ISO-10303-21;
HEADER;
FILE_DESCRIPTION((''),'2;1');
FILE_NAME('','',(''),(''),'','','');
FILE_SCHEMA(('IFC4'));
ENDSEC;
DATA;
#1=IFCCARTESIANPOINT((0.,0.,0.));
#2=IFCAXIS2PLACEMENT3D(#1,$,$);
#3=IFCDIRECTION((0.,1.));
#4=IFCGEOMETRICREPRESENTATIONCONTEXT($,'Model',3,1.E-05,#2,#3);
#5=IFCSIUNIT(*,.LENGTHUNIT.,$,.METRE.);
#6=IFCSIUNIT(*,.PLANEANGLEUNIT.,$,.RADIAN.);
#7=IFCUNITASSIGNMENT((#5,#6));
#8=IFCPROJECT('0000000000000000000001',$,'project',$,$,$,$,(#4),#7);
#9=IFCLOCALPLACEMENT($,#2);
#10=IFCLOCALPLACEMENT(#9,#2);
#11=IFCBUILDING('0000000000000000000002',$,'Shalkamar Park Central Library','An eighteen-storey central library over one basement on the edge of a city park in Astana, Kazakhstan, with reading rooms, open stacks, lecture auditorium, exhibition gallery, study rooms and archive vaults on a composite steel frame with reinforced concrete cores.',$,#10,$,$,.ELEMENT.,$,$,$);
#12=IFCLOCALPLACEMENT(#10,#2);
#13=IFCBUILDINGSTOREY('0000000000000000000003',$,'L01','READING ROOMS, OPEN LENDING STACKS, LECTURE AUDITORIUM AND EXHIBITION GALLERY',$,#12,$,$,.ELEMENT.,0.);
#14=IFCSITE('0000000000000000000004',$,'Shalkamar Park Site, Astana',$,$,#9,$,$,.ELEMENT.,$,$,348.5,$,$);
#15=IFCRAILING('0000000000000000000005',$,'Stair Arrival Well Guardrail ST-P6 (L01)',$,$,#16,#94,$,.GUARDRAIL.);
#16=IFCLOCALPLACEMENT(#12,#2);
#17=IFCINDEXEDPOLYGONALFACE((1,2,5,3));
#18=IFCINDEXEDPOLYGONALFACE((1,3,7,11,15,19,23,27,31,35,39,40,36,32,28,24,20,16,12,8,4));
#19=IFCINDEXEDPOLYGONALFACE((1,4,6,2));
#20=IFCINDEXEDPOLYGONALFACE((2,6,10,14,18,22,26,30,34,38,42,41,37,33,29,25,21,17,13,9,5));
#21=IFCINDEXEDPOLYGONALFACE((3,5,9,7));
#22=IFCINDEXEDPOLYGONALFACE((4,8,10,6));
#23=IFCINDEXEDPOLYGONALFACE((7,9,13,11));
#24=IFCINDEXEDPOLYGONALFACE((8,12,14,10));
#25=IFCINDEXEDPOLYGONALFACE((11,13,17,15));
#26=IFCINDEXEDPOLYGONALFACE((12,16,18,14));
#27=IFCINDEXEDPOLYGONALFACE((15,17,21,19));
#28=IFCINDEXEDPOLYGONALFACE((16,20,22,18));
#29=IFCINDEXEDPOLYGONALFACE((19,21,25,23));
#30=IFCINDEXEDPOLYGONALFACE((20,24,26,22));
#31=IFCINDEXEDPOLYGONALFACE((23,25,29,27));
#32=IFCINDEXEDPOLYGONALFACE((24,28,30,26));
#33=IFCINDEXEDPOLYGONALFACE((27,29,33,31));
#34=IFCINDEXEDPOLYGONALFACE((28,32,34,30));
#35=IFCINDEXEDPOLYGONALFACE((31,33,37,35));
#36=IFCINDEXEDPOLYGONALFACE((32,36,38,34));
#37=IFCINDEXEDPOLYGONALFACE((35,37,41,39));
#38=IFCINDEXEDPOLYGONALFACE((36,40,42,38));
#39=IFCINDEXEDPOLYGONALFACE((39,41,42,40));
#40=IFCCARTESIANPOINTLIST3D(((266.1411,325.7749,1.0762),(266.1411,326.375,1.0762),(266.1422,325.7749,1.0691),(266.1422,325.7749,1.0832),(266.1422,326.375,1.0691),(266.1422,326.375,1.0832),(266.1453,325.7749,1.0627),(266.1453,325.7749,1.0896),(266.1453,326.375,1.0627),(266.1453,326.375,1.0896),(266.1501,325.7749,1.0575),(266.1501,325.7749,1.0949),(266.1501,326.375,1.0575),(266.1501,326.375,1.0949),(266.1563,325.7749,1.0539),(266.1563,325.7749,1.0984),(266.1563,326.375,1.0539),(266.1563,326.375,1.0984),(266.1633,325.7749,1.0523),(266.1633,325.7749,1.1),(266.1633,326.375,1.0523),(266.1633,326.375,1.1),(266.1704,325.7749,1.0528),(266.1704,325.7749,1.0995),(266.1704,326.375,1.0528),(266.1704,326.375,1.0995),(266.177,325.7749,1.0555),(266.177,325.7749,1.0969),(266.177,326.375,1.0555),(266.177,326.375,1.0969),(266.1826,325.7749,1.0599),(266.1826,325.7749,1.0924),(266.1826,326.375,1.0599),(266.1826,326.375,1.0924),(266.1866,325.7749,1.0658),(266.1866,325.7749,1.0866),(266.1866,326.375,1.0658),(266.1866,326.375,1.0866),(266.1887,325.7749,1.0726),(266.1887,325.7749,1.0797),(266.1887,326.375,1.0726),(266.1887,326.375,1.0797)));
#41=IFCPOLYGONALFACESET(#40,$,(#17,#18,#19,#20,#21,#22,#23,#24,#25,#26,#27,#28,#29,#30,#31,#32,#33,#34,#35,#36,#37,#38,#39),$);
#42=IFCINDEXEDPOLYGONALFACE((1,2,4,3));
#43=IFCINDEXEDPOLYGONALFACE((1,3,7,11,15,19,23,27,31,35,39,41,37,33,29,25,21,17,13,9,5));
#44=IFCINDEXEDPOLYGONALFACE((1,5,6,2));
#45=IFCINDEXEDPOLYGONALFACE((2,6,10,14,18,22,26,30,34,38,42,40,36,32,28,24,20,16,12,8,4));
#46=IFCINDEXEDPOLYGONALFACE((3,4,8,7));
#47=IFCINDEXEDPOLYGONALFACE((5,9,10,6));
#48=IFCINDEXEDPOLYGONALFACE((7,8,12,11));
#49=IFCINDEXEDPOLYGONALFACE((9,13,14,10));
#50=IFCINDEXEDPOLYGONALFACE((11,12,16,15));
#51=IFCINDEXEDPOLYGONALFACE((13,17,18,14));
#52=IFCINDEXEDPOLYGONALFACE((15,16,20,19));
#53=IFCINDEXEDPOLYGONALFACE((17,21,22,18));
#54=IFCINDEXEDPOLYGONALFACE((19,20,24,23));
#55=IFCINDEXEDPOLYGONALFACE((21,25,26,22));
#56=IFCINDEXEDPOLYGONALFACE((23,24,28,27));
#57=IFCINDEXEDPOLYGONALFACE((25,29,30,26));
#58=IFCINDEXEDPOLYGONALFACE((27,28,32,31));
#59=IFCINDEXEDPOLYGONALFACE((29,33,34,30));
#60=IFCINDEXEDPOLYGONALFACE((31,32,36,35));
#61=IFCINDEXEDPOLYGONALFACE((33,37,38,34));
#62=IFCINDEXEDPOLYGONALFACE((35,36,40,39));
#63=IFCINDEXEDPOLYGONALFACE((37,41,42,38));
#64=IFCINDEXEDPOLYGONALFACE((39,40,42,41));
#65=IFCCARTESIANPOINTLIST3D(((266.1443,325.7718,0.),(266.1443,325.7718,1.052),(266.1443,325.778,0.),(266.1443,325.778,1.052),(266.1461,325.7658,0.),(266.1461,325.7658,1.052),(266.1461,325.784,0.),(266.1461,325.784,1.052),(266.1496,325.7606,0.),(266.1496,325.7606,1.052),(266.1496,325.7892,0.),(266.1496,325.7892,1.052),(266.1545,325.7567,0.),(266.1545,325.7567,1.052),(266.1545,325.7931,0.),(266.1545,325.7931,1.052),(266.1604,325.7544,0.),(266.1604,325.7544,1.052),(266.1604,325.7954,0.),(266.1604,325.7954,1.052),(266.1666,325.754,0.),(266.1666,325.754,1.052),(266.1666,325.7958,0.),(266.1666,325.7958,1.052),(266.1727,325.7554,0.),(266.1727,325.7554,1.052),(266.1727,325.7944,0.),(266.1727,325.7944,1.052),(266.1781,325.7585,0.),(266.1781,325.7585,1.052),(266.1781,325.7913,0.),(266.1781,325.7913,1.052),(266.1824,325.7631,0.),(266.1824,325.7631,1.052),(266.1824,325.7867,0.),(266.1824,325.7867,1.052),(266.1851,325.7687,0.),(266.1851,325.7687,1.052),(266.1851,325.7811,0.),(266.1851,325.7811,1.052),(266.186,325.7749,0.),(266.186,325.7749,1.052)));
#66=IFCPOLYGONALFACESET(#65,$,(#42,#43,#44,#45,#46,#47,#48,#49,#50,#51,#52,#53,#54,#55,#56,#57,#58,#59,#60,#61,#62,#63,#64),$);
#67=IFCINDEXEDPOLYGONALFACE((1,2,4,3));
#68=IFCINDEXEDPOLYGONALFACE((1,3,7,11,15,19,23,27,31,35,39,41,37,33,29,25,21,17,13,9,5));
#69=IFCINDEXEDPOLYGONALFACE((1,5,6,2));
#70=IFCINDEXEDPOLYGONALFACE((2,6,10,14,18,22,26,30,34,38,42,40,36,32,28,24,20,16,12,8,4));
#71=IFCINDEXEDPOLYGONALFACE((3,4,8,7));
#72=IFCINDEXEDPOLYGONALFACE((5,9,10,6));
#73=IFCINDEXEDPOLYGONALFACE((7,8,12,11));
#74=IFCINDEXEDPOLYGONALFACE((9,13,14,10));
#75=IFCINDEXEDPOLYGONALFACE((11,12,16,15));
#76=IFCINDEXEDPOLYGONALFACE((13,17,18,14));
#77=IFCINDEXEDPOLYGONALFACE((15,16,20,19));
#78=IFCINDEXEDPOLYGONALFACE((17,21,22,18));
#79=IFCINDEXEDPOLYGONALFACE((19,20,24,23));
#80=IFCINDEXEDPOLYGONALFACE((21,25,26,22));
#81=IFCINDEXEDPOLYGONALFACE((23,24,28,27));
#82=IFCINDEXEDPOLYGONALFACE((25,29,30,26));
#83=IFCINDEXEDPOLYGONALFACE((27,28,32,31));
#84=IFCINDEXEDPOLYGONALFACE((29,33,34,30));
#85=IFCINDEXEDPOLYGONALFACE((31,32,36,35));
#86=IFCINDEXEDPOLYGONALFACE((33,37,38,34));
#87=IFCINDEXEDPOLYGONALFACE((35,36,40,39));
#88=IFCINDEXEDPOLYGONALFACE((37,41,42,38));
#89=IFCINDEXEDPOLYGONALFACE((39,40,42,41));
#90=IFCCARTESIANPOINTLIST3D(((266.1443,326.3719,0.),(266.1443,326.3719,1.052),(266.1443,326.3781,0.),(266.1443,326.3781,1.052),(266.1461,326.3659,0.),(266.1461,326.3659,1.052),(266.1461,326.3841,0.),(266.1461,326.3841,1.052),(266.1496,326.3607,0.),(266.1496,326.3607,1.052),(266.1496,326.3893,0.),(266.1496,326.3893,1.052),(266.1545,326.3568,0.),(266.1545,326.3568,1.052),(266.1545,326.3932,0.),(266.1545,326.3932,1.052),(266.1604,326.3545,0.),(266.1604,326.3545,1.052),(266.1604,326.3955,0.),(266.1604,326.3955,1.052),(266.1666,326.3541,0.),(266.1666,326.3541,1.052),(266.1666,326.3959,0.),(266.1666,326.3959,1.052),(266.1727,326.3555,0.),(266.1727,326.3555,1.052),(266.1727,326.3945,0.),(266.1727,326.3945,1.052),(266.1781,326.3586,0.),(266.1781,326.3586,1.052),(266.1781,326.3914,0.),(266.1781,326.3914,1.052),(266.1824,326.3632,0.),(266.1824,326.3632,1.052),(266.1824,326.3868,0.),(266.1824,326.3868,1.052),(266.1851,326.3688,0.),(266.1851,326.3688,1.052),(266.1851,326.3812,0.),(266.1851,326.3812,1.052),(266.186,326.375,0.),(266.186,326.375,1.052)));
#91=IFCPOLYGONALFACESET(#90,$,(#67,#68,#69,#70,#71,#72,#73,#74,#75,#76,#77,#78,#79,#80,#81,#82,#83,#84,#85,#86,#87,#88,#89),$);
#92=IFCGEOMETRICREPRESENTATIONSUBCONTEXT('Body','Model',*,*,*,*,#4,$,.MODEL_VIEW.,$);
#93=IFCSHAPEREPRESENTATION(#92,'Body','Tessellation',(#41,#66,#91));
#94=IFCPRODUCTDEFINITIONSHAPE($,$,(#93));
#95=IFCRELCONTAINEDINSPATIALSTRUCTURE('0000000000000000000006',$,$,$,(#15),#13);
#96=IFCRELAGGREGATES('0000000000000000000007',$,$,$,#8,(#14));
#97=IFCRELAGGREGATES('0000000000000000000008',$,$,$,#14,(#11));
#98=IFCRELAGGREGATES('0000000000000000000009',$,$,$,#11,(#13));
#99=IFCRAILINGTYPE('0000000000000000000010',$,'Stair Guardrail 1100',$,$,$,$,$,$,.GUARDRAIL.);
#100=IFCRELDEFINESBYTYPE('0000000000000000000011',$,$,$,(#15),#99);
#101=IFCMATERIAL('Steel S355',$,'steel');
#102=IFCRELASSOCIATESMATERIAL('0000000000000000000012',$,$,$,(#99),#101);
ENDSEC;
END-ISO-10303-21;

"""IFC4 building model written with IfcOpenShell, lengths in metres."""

from ifc_helpers import new_model, si_unit, direction, frame, origin, origin_2d, place, context, subcontext, project, spatial, circle, extrude, material, type_object, element, save


model = new_model("IFC4")

# Units and contexts
model_context = context("Model", 3, precision=1e-05, world=origin(), true_north=direction((0.0, 1.0)))
body_context = subcontext(model_context, "Body", "Model", "MODEL_VIEW")
ifc_project = project(units=[si_unit("LENGTHUNIT", "METRE"), si_unit("PLANEANGLEUNIT", "RADIAN")], contexts=[model_context])

# Site, building, storey
site_placement = place(None, origin())
site = spatial("IfcSite", under=ifc_project, at=site_placement, Name="Shalkamar Park Site, Astana", CompositionType="ELEMENT", RefElevation=348.5)
building_placement = place(site_placement, origin())
building = spatial("IfcBuilding", under=site, at=building_placement, Name="Shalkamar Park Central Library", Description="An eighteen-storey central library over one basement on the edge of a city park in Astana, Kazakhstan, with reading rooms, open stacks, lecture auditorium, exhibition gallery, study rooms and archive vaults on a composite steel frame with reinforced concrete cores.", CompositionType="ELEMENT")
storey_placement = place(building_placement, origin())
storey = spatial("IfcBuildingStorey", under=building, at=storey_placement, Name="L01", Description="READING ROOMS, OPEN LENDING STACKS, LECTURE AUDITORIUM AND EXHIBITION GALLERY", CompositionType="ELEMENT", Elevation=0.0)

# Shared definitions
ifc_material_1 = material(Name="Steel S355", Category="steel")

# Railing
railing_type_1 = type_object("IfcRailingType", Name="Stair Guardrail 1100", PredefinedType="GUARDRAIL", material=ifc_material_1)
railing_1_placement = place(storey_placement, frame((266.165, 325.7749, 0.0)))
element("IfcRailing", 1, at=railing_1_placement, inside=storey, type_object=railing_type_1, Name="Stair Arrival Well Guardrail ST-P6 (L01)", PredefinedType="GUARDRAIL", context=body_context, shape_type="SweptSolid", body=[
    extrude(circle(Radius=0.0239, at=origin_2d()), frame((0.0, 0.0, 1.0762), z_axis=(0.0, 1.0, 0.0), x_axis=(-1.0, 0.0, 0.0)), (0.0, 0.0, 1.0), 0.6001),
    extrude(circle(Radius=0.021, at=origin_2d()), origin(), (0.0, 0.0, 1.0), 1.052),
    extrude(circle(Radius=0.021, at=origin_2d()), frame((0.0, 0.6001, 0.0)), (0.0, 0.0, 1.0), 1.052),
])

save(model, "model.ifc")
